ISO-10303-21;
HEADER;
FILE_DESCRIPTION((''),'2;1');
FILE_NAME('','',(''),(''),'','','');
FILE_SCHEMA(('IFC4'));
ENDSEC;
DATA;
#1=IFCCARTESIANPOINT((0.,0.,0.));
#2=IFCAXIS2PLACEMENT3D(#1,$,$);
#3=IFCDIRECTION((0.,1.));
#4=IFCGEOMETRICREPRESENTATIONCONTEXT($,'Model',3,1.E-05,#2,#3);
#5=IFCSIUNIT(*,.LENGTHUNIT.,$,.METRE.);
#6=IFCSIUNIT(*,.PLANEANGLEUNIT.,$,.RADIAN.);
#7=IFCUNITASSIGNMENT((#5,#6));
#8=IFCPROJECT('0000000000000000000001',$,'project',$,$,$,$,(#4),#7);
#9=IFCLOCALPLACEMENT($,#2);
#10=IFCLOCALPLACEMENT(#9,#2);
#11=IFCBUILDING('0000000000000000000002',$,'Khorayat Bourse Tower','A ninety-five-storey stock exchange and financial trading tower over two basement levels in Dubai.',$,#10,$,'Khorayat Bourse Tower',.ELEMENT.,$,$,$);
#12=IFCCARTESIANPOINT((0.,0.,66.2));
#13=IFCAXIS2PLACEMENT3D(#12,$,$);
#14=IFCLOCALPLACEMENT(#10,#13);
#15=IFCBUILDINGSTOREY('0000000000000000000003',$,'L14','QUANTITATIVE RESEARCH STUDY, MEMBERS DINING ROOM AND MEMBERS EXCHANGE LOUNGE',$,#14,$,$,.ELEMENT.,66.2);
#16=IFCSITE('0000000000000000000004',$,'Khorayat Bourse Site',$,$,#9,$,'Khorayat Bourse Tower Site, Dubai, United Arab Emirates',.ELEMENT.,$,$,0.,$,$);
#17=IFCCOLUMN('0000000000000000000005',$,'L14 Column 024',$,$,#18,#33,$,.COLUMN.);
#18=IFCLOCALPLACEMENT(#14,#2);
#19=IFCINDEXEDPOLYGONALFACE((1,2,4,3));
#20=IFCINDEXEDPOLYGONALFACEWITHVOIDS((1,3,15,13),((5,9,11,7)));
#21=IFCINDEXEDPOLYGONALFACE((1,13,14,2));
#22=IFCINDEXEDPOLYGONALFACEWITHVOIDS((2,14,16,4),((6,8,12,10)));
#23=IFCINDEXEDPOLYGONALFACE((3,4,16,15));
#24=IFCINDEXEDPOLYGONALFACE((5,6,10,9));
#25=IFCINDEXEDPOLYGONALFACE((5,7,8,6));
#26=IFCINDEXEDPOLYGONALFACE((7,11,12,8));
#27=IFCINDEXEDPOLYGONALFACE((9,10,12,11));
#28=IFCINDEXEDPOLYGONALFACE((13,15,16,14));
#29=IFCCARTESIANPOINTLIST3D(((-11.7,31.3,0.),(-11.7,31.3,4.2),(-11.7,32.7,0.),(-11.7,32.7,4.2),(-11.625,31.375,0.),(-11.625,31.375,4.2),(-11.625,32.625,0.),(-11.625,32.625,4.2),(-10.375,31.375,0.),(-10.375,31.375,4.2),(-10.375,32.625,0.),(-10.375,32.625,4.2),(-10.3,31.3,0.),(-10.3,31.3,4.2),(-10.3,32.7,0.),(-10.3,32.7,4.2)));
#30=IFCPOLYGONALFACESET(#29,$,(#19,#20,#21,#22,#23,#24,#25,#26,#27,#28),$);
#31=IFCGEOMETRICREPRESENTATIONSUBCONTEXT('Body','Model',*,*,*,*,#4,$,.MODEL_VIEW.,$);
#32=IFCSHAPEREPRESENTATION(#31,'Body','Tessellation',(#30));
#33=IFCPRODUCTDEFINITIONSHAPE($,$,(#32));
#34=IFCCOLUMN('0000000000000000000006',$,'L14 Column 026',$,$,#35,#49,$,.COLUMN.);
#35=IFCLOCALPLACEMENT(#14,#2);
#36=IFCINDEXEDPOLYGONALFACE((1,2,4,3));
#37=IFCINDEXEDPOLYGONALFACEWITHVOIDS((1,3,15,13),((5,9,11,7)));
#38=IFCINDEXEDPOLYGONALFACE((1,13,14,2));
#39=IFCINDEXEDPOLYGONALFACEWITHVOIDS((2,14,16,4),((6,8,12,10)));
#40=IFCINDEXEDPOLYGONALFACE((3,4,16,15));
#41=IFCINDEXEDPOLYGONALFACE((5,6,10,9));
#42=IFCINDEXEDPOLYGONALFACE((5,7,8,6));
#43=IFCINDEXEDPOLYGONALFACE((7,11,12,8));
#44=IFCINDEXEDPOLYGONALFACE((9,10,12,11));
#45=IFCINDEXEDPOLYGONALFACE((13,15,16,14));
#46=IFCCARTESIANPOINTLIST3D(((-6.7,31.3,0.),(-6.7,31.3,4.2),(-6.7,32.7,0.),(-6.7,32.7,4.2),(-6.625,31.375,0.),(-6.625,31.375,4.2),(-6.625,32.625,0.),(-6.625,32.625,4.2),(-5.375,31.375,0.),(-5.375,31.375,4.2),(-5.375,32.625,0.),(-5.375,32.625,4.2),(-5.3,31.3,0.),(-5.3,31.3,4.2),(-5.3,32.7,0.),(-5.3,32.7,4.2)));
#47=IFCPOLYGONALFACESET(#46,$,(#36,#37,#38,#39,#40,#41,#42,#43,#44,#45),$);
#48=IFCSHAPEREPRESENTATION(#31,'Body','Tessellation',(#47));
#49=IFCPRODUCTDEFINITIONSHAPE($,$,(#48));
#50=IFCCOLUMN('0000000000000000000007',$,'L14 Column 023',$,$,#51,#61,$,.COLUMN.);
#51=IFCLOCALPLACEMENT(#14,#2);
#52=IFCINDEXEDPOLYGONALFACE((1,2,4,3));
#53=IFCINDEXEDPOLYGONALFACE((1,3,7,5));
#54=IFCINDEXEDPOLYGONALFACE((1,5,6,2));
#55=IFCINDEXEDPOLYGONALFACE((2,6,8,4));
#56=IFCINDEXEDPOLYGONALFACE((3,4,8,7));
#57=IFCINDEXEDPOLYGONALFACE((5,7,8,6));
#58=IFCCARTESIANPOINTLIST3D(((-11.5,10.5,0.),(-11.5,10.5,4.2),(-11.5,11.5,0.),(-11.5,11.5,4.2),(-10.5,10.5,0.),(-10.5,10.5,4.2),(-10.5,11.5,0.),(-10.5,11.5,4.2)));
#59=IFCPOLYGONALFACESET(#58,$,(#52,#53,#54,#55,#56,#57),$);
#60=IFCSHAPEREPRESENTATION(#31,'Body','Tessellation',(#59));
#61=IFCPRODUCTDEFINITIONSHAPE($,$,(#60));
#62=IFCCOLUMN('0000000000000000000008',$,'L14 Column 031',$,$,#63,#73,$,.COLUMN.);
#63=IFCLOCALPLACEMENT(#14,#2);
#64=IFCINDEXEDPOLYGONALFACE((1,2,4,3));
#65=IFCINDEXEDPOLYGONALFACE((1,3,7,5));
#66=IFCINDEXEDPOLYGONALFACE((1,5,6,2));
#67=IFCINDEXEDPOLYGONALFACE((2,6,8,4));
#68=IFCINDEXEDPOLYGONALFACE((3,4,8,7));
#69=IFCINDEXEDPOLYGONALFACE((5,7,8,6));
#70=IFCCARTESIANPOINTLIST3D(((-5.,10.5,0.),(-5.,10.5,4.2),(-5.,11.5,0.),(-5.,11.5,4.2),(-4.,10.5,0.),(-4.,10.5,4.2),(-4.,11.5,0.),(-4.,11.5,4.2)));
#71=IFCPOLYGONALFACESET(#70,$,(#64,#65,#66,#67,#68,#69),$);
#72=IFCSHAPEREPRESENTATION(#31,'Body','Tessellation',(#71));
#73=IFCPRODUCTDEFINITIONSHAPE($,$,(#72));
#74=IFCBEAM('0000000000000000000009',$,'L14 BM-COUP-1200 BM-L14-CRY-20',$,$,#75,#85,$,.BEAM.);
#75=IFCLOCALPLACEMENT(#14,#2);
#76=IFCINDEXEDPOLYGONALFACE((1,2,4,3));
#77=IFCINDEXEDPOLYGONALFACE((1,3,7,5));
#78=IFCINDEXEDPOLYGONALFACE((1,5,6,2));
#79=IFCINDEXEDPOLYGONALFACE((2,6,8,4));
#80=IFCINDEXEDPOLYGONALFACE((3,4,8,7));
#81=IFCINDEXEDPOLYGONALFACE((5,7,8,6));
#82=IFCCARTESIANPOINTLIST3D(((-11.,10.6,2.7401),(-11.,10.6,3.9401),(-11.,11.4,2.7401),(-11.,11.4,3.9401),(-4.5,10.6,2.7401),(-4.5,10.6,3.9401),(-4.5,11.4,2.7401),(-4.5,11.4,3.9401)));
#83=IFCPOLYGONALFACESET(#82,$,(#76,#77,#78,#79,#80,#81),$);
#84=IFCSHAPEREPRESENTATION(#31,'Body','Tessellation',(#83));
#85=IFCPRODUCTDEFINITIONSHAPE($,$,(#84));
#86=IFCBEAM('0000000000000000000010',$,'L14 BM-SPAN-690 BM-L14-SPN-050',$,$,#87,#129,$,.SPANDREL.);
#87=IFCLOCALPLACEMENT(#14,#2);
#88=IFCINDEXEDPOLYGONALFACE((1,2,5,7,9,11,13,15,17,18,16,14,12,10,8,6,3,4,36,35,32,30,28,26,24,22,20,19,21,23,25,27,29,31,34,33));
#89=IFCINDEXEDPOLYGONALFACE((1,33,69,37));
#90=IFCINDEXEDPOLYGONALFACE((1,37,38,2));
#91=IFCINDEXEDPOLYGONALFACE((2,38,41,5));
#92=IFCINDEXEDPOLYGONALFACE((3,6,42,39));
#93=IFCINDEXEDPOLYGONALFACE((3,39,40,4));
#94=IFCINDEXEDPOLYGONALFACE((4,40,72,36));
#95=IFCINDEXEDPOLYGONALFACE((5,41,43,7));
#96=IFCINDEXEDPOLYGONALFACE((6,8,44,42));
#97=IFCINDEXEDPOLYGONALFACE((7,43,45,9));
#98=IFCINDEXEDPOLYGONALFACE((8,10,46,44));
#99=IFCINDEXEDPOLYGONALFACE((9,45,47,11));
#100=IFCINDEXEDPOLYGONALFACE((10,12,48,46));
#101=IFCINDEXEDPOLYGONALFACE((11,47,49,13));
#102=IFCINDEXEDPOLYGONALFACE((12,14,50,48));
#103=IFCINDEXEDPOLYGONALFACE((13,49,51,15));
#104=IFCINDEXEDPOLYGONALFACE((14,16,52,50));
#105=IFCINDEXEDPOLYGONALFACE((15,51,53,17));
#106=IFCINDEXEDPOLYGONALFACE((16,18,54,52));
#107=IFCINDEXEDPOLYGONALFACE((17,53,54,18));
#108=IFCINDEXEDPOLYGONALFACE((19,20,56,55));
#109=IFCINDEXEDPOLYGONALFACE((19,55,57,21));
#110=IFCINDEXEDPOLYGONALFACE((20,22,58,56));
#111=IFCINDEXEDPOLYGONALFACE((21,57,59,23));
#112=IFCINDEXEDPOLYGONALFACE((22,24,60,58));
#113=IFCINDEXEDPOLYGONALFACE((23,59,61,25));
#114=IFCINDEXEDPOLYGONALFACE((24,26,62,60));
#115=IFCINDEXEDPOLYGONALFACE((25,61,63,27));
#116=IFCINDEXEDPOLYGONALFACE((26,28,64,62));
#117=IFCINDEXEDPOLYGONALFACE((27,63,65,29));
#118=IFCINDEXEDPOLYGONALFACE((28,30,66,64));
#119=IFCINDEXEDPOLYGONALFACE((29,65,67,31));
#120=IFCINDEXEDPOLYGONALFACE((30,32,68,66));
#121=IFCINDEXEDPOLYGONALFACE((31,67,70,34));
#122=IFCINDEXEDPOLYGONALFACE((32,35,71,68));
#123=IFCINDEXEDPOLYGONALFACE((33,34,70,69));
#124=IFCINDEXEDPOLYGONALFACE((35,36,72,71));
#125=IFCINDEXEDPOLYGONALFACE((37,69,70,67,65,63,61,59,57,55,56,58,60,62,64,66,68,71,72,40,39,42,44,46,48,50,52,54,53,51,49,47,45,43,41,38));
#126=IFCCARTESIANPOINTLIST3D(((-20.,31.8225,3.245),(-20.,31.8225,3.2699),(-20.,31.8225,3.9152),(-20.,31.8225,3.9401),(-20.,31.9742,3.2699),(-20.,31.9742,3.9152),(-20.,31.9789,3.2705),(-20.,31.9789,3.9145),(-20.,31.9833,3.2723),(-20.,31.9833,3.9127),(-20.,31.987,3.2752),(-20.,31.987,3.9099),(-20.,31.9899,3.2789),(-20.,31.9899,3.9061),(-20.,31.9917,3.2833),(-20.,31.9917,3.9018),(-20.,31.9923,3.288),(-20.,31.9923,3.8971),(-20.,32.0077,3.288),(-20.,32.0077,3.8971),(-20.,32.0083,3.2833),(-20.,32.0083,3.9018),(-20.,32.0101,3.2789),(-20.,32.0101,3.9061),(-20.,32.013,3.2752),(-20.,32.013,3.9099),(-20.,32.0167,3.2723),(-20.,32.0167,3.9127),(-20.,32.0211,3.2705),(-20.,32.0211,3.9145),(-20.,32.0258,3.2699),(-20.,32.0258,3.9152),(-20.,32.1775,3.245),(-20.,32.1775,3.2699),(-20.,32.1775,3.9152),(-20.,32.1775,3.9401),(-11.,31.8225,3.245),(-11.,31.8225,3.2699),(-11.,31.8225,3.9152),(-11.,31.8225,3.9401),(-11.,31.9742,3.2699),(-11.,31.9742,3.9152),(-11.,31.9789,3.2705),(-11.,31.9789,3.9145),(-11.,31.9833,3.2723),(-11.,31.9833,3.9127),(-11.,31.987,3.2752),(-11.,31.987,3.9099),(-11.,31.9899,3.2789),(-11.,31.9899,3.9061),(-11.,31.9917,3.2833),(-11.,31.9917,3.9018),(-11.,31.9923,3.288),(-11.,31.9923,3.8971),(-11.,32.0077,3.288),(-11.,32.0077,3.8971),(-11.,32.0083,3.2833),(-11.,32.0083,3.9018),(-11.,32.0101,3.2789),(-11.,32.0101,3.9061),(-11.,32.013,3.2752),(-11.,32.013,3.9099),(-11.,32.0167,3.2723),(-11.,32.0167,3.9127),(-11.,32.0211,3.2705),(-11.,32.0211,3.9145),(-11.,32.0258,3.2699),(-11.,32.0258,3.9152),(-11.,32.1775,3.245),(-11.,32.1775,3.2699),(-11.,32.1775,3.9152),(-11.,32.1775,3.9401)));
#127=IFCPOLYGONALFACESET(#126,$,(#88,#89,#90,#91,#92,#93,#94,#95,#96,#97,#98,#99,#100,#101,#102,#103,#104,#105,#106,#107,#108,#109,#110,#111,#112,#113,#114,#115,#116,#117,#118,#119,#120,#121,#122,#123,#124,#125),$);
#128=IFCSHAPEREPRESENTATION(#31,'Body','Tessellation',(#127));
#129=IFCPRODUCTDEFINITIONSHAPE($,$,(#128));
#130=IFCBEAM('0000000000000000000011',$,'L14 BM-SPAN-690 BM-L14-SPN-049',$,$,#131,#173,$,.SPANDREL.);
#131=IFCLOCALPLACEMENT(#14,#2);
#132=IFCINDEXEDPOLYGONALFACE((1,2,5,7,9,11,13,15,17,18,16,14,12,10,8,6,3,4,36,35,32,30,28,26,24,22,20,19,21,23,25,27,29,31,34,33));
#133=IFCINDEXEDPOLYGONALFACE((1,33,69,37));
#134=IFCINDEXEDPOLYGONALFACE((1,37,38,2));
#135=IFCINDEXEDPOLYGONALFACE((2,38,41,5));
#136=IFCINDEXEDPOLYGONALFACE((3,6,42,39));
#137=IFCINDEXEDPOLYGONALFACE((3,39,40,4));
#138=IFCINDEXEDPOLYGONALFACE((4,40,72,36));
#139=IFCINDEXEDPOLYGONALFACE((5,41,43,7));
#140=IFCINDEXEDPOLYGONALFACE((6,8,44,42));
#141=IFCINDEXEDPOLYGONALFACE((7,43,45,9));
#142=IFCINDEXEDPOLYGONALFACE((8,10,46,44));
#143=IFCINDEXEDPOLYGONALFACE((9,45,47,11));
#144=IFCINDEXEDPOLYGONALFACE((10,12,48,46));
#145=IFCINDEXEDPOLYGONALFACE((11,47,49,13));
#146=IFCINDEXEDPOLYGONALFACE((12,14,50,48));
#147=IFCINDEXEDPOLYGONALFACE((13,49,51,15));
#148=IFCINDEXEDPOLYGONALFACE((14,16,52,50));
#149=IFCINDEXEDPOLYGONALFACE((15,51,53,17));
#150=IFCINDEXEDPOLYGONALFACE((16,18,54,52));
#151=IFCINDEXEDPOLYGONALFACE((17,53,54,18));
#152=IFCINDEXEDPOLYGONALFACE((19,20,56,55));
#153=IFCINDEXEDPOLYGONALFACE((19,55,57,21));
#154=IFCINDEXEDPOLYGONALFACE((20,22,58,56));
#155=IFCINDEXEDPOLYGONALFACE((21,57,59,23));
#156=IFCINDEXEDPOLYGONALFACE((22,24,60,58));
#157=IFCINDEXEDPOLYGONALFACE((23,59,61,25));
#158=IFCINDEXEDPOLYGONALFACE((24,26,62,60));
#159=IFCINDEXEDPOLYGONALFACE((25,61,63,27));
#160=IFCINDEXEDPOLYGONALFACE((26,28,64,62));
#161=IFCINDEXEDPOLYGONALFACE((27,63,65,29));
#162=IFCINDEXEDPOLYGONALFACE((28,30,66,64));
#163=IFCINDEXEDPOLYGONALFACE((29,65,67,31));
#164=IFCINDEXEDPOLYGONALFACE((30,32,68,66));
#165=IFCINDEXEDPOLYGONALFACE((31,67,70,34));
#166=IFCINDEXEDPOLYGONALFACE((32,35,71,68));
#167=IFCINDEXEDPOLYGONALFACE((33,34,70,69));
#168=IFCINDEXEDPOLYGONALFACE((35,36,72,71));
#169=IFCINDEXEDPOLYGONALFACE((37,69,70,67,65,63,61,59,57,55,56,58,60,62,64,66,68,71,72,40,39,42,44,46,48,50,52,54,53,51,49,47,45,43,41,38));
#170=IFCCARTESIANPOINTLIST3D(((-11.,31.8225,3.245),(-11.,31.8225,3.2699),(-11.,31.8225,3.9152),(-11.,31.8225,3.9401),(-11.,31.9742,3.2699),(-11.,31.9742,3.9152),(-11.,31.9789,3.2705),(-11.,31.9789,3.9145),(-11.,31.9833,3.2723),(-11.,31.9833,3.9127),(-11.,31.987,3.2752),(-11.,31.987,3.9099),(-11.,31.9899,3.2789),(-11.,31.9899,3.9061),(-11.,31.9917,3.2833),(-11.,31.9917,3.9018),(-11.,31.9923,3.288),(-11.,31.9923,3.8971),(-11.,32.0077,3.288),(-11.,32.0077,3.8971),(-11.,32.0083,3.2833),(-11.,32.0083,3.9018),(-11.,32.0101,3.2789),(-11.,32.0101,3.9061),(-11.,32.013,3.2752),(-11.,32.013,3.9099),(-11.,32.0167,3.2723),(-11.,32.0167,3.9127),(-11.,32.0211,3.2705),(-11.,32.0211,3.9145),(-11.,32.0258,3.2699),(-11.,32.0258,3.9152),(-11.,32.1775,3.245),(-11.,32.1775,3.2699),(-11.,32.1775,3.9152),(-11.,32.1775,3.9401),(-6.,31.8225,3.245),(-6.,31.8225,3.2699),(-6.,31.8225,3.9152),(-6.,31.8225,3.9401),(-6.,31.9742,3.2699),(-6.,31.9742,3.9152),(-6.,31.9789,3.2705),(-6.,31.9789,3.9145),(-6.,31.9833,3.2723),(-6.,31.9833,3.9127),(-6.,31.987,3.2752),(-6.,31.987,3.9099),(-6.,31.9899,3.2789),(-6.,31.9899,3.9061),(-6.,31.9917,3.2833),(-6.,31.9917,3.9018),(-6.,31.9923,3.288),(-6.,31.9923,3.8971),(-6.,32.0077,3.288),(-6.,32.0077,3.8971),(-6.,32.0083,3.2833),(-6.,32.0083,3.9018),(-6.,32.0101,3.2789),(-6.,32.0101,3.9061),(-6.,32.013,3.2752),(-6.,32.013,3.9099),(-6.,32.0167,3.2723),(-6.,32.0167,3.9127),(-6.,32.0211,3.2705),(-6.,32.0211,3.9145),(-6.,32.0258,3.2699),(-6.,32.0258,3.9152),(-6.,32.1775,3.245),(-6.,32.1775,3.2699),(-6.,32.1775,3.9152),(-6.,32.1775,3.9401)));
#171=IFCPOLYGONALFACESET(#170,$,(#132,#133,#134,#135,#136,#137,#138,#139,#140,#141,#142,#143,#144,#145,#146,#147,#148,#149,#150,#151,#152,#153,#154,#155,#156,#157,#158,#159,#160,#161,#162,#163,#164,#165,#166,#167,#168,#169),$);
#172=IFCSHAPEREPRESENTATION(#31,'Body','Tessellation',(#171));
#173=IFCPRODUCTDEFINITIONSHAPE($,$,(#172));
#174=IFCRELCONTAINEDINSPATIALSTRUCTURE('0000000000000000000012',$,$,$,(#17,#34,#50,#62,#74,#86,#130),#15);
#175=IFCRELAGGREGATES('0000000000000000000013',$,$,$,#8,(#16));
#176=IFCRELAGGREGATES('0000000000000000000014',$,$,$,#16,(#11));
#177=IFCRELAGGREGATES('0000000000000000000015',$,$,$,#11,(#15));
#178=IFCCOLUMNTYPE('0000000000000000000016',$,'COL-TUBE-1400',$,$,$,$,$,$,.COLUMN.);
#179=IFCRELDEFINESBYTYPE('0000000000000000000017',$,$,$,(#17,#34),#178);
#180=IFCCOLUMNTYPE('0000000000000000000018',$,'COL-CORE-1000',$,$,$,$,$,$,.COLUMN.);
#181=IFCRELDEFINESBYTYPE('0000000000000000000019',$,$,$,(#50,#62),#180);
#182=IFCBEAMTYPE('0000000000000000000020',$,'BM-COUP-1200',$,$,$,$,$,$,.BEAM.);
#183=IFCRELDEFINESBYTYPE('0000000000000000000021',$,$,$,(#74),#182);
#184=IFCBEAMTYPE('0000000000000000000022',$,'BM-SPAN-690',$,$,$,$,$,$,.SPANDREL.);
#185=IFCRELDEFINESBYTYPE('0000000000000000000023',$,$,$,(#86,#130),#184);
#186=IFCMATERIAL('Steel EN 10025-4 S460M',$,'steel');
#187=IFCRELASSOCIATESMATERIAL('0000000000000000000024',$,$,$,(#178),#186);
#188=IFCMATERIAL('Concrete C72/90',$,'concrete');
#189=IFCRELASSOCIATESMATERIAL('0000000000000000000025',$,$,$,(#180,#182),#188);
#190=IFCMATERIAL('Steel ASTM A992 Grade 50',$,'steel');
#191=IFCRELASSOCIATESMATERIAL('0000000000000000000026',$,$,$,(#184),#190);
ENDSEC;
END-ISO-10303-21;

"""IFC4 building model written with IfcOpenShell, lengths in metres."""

from ifc_helpers import new_model, si_unit, direction, frame, origin, origin_2d, place, context, subcontext, project, spatial, rectangle, hollow_rectangle, i_section, extrude, source, transform, mapped, material, material_profile, profile_set, type_object, element, save


model = new_model("IFC4")

# Units and contexts
model_context = context("Model", 3, precision=1e-05, world=origin(), true_north=direction((0.0, 1.0)))
body_context = subcontext(model_context, "Body", "Model", "MODEL_VIEW")
ifc_project = project(units=[si_unit("LENGTHUNIT", "METRE"), si_unit("PLANEANGLEUNIT", "RADIAN")], contexts=[model_context])

# Site, building, storey
site_placement = place(None, origin())
site = spatial("IfcSite", under=ifc_project, at=site_placement, Name="Khorayat Bourse Site", LongName="Khorayat Bourse Tower Site, Dubai, United Arab Emirates", CompositionType="ELEMENT", RefElevation=0.0)
building_placement = place(site_placement, origin())
building = spatial("IfcBuilding", under=site, at=building_placement, Name="Khorayat Bourse Tower", Description="A ninety-five-storey stock exchange and financial trading tower over two basement levels in Dubai.", LongName="Khorayat Bourse Tower", CompositionType="ELEMENT")
storey_placement = place(building_placement, frame((0.0, 0.0, 66.2)))
storey = spatial("IfcBuildingStorey", under=building, at=storey_placement, Name="L14", Description="QUANTITATIVE RESEARCH STUDY, MEMBERS DINING ROOM AND MEMBERS EXCHANGE LOUNGE", CompositionType="ELEMENT", Elevation=66.2)

# Columns
ifc_material_1 = material(Name="Steel EN 10025-4 S460M", Category="steel")
ifc_material_profile_1 = material_profile(ifc_material_1, hollow_rectangle(XDim=1.3999, YDim=1.3999, WallThickness=0.075, at=origin_2d()), Name="BOX 1400x1400x75")
ifc_profile_set_1 = profile_set([ifc_material_profile_1], Name="Steel EN 10025-4 S460M")
column_type_1 = type_object("IfcColumnType", Name="COL-TUBE-1400", PredefinedType="COLUMN", material=ifc_profile_set_1)
shared_shape_1 = source(origin(), body_context, "Body", "SweptSolid", [
    extrude(hollow_rectangle(XDim=1.3999, YDim=1.3999, WallThickness=0.075, at=origin_2d()), origin(), (0.0, 0.0, 1.0), 4.2),
])
for number, where, z_axis, x_axis, name in (
    (1, (-11.0, 32.0, 0.0), (0.0, 0.0, 1.0), (1.0, 0.0, 0.0), "L14 Column 024"),
    (2, (-6.0, 32.0, 0.0), (0.0, 0.0, 1.0), (1.0, 0.0, 0.0), "L14 Column 026"),
):
    element("IfcColumn", number, at=place(storey_placement, frame(where, z_axis=z_axis, x_axis=x_axis)), inside=storey, type_object=column_type_1, Name=name, PredefinedType="COLUMN", context=body_context, shape_type="MappedRepresentation", body=[
        mapped(shared_shape_1, transform((0.0, 0.0, 0.0), scale=1.0)),
    ])
ifc_material_2 = material(Name="Concrete C72/90", Category="concrete")
ifc_material_profile_2 = material_profile(ifc_material_2, rectangle(XDim=1.0, YDim=1.0, at=origin_2d()), Name="RC 1000x1000")
ifc_profile_set_2 = profile_set([ifc_material_profile_2], Name="Concrete C72/90")
column_type_2 = type_object("IfcColumnType", Name="COL-CORE-1000", PredefinedType="COLUMN", material=ifc_profile_set_2)
shared_shape_2 = source(origin(), body_context, "Body", "SweptSolid", [
    extrude(rectangle(XDim=1.0, YDim=1.0, at=origin_2d()), origin(), (0.0, 0.0, 1.0), 4.2),
])
for number, where, z_axis, x_axis, name in (
    (3, (-11.0, 11.0, 0.0), (0.0, 0.0, 1.0), (1.0, 0.0, 0.0), "L14 Column 023"),
    (4, (-4.5, 11.0, 0.0), (0.0, 0.0, 1.0), (1.0, 0.0, 0.0), "L14 Column 031"),
):
    element("IfcColumn", number, at=place(storey_placement, frame(where, z_axis=z_axis, x_axis=x_axis)), inside=storey, type_object=column_type_2, Name=name, PredefinedType="COLUMN", context=body_context, shape_type="MappedRepresentation", body=[
        mapped(shared_shape_2, transform((0.0, 0.0, 0.0), scale=1.0)),
    ])

# Beams
ifc_material_profile_3 = material_profile(ifc_material_2, rectangle(XDim=0.8, YDim=1.2, at=origin_2d()), Name="RC 800x1200")
ifc_profile_set_3 = profile_set([ifc_material_profile_3], Name="Concrete C72/90")
beam_type_1 = type_object("IfcBeamType", Name="BM-COUP-1200", PredefinedType="BEAM", material=ifc_profile_set_3)
shared_shape_3 = source(origin(), body_context, "Body", "SweptSolid", [
    extrude(rectangle(XDim=0.8, YDim=1.2, at=origin_2d()), origin(), (0.0, 0.0, 1.0), 6.5),
])
beam_1_placement = place(storey_placement, frame((-11.0, 11.0, 3.3401), z_axis=(1.0, 0.0, 0.0), x_axis=(0.0, 1.0, 0.0)))
element("IfcBeam", 5, at=beam_1_placement, inside=storey, type_object=beam_type_1, Name="L14 BM-COUP-1200 BM-L14-CRY-20", PredefinedType="BEAM", context=body_context, shape_type="MappedRepresentation", body=[
    mapped(shared_shape_3, transform((0.0, 0.0, 0.0), scale=1.0)),
])
ifc_material_3 = material(Name="Steel ASTM A992 Grade 50", Category="steel")
ifc_material_profile_4 = material_profile(ifc_material_3, i_section(OverallWidth=0.355, OverallDepth=0.6951, WebThickness=0.0154, FlangeThickness=0.0249, FilletRadius=0.0181, at=origin_2d()), Name="W690X217")
ifc_profile_set_4 = profile_set([ifc_material_profile_4], Name="Steel ASTM A992 Grade 50")
beam_type_2 = type_object("IfcBeamType", Name="BM-SPAN-690", PredefinedType="SPANDREL", material=ifc_profile_set_4)
shared_shape_4 = source(origin(), body_context, "Body", "SweptSolid", [
    extrude(i_section(OverallWidth=0.355, OverallDepth=0.6951, WebThickness=0.0154, FlangeThickness=0.0249, FilletRadius=0.0181, at=origin_2d()), origin(), (0.0, 0.0, 1.0), 9.0),
])
beam_2_placement = place(storey_placement, frame((-20.0, 32.0, 3.5925), z_axis=(1.0, 0.0, 0.0), x_axis=(0.0, 1.0, 0.0)))
element("IfcBeam", 6, at=beam_2_placement, inside=storey, type_object=beam_type_2, Name="L14 BM-SPAN-690 BM-L14-SPN-050", PredefinedType="SPANDREL", context=body_context, shape_type="MappedRepresentation", body=[
    mapped(shared_shape_4, transform((0.0, 0.0, 0.0), scale=1.0)),
])
shared_shape_5 = source(origin(), body_context, "Body", "SweptSolid", [
    extrude(i_section(OverallWidth=0.355, OverallDepth=0.6951, WebThickness=0.0154, FlangeThickness=0.0249, FilletRadius=0.0181, at=origin_2d()), origin(), (0.0, 0.0, 1.0), 5.0),
])
beam_3_placement = place(storey_placement, frame((-11.0, 32.0, 3.5925), z_axis=(1.0, 0.0, 0.0), x_axis=(0.0, 1.0, 0.0)))
element("IfcBeam", 7, at=beam_3_placement, inside=storey, type_object=beam_type_2, Name="L14 BM-SPAN-690 BM-L14-SPN-049", PredefinedType="SPANDREL", context=body_context, shape_type="MappedRepresentation", body=[
    mapped(shared_shape_5, transform((0.0, 0.0, 0.0), scale=1.0)),
])

save(model, "model.ifc")
